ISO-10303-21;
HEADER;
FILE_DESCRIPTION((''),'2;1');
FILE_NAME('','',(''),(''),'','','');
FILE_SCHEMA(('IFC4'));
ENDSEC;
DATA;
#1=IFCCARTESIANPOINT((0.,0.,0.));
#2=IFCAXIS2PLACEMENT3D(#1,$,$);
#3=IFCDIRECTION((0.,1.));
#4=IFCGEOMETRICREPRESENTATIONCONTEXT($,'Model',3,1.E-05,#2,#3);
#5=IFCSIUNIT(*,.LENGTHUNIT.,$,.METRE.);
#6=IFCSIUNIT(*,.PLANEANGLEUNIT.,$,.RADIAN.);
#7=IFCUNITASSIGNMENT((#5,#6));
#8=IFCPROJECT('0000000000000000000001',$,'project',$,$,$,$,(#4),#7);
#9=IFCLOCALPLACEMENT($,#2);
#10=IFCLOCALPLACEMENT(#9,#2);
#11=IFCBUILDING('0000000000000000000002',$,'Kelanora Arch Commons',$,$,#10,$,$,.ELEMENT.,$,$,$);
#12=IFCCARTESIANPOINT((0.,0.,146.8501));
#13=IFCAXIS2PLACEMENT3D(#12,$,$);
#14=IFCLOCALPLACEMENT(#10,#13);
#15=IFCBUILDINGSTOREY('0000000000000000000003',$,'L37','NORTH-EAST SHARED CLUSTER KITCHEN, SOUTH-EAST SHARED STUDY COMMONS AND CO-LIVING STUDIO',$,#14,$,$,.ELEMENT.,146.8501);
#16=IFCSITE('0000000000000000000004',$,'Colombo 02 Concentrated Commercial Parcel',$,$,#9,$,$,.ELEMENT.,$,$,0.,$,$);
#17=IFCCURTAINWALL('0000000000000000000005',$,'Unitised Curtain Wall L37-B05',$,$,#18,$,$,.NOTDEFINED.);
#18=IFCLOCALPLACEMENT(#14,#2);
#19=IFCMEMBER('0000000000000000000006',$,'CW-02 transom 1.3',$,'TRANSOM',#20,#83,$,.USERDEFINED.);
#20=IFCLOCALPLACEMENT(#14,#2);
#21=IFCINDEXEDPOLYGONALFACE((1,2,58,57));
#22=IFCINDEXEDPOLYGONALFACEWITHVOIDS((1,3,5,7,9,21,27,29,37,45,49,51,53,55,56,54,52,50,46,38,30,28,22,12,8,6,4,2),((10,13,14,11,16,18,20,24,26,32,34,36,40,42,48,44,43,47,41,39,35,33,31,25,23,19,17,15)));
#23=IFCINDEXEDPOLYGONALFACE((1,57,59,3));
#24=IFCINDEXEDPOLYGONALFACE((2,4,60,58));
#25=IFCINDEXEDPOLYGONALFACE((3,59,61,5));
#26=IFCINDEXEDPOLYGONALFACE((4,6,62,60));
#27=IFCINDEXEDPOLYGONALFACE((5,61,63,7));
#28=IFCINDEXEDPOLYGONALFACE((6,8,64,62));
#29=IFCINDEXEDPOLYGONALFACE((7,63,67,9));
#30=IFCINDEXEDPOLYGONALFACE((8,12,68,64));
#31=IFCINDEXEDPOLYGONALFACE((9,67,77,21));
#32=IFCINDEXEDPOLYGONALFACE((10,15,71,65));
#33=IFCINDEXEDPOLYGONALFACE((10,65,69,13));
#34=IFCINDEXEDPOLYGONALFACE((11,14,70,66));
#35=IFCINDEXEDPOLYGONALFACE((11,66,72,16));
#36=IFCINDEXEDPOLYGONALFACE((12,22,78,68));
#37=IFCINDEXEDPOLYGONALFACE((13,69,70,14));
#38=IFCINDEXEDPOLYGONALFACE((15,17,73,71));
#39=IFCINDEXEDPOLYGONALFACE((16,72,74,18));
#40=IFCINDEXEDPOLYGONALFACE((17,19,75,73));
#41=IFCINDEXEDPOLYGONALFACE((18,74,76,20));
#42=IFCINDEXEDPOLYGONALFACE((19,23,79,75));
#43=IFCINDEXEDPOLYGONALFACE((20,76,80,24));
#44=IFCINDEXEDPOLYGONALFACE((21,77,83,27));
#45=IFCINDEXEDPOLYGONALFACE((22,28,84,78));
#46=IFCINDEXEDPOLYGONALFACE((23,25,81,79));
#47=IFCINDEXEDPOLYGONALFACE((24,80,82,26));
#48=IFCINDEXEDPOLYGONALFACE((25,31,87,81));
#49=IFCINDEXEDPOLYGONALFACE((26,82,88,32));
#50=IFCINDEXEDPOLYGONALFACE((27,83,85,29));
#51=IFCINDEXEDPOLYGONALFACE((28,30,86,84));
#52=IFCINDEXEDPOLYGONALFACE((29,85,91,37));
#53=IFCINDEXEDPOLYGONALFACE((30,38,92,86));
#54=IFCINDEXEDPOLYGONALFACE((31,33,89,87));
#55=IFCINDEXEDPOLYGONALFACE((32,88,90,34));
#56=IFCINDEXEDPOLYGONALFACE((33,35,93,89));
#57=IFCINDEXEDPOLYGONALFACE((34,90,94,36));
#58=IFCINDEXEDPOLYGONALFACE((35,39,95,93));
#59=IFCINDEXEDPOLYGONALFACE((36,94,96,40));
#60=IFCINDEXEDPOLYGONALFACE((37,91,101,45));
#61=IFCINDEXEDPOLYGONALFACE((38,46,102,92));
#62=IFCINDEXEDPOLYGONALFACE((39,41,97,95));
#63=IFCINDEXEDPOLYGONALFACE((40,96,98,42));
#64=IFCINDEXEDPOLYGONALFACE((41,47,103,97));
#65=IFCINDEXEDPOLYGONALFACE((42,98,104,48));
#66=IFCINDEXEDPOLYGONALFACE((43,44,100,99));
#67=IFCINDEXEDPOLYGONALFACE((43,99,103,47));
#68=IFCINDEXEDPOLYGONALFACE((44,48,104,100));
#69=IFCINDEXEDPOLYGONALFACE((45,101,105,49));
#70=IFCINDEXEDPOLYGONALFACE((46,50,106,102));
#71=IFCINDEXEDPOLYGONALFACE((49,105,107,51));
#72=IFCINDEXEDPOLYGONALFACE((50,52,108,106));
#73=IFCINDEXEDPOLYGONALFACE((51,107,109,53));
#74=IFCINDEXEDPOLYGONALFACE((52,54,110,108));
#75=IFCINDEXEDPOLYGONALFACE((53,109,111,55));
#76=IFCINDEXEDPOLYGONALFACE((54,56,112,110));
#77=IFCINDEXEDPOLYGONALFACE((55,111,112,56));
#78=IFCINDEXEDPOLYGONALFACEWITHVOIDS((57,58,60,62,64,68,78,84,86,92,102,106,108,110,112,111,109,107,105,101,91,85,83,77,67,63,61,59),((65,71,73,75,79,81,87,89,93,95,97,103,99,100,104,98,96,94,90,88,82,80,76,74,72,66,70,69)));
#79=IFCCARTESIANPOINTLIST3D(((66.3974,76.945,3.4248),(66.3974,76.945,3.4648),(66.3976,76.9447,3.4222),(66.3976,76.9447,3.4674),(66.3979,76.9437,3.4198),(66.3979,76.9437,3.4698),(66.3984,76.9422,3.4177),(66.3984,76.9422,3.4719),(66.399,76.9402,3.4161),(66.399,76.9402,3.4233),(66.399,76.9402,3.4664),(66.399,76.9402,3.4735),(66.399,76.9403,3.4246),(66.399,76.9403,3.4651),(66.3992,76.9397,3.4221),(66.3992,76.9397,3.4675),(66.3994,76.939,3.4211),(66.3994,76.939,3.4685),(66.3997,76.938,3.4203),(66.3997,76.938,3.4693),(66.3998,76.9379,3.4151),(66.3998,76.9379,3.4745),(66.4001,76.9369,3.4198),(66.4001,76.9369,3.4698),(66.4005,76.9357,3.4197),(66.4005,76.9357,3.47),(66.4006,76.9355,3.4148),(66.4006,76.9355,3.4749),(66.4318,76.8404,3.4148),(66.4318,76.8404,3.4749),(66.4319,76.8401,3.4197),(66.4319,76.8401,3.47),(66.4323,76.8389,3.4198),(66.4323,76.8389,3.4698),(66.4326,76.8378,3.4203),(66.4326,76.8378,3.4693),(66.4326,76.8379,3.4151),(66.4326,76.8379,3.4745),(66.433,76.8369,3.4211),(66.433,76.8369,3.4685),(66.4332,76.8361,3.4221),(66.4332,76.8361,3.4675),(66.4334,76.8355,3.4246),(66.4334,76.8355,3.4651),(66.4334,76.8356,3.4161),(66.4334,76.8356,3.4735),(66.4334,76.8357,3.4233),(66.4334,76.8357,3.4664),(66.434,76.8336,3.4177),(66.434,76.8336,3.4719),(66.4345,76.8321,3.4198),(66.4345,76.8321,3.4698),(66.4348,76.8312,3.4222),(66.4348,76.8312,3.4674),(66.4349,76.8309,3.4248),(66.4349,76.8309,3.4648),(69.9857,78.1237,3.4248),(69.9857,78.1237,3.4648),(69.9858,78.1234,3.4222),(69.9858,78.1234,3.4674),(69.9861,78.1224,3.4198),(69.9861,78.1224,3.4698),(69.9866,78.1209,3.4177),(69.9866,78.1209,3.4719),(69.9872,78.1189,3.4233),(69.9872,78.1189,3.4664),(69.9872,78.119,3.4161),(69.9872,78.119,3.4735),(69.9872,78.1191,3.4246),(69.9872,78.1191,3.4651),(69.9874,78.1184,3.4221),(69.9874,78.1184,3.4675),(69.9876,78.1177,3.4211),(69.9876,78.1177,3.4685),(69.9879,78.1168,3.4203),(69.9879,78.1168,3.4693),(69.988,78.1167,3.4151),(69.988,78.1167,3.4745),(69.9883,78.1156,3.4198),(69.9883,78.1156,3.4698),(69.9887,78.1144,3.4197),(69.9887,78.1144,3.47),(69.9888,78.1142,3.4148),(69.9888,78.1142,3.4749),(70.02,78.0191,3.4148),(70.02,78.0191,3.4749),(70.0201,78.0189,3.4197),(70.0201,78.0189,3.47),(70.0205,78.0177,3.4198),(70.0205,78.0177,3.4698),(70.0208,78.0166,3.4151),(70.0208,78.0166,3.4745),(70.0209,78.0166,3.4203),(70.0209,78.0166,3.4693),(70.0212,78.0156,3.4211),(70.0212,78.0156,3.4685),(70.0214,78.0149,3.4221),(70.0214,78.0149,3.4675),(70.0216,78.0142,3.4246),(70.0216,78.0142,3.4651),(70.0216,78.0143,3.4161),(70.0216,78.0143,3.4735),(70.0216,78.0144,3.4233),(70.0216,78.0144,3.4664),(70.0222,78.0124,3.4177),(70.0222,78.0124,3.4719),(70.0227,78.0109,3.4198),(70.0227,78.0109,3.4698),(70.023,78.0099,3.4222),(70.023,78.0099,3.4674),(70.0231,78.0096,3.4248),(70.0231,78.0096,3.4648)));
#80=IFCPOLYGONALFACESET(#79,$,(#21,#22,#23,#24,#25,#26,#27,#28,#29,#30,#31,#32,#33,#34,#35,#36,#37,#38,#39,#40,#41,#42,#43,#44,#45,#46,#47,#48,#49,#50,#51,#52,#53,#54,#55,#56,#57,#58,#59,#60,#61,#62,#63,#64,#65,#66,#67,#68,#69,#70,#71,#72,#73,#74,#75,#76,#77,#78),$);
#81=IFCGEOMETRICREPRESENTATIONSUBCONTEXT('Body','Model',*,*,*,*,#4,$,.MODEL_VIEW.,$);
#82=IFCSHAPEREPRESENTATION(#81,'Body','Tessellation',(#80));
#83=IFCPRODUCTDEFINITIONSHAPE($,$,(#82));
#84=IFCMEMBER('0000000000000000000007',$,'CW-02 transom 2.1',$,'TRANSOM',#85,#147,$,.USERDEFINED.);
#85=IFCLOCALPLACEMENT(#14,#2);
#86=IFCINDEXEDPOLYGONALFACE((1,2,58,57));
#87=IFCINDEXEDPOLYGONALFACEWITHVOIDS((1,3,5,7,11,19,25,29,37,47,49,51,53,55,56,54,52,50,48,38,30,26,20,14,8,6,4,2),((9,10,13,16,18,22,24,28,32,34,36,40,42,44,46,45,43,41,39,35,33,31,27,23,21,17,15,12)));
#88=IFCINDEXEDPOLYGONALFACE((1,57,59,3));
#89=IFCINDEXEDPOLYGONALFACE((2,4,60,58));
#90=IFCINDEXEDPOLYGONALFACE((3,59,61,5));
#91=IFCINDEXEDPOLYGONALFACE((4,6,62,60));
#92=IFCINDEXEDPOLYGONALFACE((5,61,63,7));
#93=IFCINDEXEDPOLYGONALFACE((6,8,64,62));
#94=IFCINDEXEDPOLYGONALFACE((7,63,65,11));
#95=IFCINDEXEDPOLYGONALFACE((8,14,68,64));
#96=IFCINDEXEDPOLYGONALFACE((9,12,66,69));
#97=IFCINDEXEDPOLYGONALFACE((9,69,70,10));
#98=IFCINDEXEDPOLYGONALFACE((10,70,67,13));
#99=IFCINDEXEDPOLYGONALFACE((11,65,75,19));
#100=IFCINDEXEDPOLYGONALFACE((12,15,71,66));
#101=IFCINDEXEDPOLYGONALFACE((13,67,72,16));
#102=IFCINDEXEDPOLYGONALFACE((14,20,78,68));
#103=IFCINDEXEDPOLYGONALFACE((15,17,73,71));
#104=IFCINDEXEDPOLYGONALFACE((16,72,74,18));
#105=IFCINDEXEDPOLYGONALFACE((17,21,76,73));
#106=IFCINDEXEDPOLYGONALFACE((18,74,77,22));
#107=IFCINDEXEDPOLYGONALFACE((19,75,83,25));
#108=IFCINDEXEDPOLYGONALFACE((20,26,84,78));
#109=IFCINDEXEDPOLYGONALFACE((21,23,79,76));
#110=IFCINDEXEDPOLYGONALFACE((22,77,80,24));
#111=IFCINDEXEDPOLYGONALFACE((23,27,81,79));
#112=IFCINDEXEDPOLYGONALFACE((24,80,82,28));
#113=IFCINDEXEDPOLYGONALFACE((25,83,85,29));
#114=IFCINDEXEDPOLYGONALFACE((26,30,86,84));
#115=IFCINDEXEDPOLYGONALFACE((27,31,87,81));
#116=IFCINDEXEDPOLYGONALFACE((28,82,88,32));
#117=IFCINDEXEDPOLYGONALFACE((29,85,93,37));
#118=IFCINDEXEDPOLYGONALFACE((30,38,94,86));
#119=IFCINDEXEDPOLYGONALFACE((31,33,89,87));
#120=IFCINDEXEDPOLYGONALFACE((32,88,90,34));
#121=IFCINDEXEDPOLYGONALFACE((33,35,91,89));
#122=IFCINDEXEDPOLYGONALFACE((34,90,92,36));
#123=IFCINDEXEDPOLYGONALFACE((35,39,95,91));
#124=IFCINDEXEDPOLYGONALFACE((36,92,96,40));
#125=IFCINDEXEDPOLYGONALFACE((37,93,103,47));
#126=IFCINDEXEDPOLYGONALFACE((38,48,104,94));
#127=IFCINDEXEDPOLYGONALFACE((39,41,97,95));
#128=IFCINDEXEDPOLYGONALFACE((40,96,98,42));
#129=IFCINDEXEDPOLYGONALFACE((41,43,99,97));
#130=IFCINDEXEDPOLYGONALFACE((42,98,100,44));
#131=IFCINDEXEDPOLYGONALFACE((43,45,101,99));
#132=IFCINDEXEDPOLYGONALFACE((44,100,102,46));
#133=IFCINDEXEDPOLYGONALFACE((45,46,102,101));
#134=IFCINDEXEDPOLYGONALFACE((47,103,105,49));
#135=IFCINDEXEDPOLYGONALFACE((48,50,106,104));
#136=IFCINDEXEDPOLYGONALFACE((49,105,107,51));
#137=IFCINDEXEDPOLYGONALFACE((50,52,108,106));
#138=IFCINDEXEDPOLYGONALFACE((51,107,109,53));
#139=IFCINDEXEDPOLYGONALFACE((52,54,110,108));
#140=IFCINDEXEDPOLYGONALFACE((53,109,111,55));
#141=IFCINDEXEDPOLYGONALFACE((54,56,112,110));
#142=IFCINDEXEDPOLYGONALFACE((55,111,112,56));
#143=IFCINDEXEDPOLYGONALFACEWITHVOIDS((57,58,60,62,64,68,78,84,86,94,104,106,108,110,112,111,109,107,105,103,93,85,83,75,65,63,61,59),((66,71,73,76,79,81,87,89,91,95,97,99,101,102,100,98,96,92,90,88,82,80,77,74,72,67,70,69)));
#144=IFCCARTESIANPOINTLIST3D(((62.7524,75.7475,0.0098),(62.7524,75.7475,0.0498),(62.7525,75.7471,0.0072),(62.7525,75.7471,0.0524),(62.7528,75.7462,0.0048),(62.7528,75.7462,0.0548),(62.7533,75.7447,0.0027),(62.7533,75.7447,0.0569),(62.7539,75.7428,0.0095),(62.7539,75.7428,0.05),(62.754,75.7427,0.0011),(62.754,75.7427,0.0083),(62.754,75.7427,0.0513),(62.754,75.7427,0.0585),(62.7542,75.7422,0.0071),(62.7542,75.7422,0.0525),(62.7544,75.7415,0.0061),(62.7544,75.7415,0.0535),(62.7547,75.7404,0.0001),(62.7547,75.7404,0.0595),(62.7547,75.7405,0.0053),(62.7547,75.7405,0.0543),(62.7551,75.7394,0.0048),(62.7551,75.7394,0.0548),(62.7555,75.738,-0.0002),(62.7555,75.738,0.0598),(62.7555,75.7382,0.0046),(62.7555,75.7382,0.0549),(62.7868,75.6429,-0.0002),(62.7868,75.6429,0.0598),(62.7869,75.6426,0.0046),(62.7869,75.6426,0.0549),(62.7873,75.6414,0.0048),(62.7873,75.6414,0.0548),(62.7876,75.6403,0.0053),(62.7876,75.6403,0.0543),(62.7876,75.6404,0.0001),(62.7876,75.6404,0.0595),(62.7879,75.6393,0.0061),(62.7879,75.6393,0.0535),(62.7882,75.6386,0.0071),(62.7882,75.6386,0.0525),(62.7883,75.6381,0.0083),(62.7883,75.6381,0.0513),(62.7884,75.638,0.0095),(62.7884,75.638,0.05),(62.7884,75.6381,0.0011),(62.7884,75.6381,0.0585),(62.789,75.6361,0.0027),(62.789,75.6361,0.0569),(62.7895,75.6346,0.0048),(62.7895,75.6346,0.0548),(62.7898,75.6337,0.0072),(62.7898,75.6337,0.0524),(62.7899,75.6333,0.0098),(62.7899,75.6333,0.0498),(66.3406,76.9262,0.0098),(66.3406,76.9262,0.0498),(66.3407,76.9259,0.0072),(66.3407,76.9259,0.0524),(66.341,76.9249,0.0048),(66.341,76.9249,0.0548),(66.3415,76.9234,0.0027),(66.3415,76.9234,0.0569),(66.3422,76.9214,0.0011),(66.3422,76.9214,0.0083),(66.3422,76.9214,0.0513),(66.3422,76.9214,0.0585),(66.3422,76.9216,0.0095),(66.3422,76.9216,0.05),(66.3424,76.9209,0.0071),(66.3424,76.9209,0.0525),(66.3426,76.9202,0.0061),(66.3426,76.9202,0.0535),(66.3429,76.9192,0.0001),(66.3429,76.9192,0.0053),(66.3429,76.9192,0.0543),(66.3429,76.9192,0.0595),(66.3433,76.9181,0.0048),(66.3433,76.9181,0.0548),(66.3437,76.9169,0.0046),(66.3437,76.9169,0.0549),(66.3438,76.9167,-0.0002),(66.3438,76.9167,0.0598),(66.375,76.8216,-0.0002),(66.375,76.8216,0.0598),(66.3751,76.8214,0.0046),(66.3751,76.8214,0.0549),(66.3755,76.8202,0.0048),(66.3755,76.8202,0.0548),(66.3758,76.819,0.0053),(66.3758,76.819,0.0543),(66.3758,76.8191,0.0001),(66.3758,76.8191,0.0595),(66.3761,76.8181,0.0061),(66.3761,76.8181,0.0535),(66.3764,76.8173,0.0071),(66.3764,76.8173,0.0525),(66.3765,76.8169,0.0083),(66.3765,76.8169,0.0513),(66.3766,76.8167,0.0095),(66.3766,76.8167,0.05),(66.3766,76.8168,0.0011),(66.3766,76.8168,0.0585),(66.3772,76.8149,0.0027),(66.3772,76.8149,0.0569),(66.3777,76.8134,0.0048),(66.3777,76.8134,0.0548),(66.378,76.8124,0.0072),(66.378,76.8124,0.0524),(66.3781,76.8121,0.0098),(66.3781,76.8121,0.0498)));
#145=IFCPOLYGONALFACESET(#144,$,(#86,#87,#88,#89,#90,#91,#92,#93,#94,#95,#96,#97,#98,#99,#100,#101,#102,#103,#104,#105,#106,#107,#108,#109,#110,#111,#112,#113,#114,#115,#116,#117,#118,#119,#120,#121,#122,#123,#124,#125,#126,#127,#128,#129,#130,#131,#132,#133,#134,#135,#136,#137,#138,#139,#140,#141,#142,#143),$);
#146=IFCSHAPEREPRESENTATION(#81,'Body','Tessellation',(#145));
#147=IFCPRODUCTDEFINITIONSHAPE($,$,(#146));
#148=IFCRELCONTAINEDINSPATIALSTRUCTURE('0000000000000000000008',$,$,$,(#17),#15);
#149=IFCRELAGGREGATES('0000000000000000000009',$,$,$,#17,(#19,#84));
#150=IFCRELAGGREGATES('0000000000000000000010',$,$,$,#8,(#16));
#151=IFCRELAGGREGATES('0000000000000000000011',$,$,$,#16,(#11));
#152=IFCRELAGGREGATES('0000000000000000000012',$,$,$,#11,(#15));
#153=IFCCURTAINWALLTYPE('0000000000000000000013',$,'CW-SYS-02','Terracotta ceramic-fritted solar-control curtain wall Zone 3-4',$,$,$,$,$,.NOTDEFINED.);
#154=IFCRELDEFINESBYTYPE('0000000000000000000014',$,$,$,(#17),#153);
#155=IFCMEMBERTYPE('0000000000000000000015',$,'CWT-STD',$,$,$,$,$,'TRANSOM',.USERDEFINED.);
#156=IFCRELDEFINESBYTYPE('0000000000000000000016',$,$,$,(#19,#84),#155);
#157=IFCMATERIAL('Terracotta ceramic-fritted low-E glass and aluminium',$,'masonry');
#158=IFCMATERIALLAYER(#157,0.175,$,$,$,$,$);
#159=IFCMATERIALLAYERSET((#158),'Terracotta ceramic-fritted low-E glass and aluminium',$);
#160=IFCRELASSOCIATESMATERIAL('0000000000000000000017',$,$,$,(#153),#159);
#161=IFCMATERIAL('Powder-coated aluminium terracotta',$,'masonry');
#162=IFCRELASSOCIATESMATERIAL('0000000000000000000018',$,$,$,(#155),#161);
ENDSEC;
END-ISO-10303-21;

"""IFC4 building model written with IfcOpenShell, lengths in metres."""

from ifc_helpers import new_model, si_unit, direction, frame, origin, origin_2d, place, context, subcontext, project, spatial, hollow_rectangle, extrude, material, layer, layer_set, material_profile, profile_set, type_object, element, aggregate, save


model = new_model("IFC4")

# Units and contexts
model_context = context("Model", 3, precision=1e-05, world=origin(), true_north=direction((0.0, 1.0)))
body_context = subcontext(model_context, "Body", "Model", "MODEL_VIEW")
ifc_project = project(units=[si_unit("LENGTHUNIT", "METRE"), si_unit("PLANEANGLEUNIT", "RADIAN")], contexts=[model_context])

# Site, building, storey
site_placement = place(None, origin())
site = spatial("IfcSite", under=ifc_project, at=site_placement, Name="Colombo 02 Concentrated Commercial Parcel", CompositionType="ELEMENT", RefElevation=0.0)
building_placement = place(site_placement, origin())
building = spatial("IfcBuilding", under=site, at=building_placement, Name="Kelanora Arch Commons", CompositionType="ELEMENT")
storey_placement = place(building_placement, frame((0.0, 0.0, 146.8501)))
storey = spatial("IfcBuildingStorey", under=building, at=storey_placement, Name="L37", Description="NORTH-EAST SHARED CLUSTER KITCHEN, SOUTH-EAST SHARED STUDY COMMONS AND CO-LIVING STUDIO", CompositionType="ELEMENT", Elevation=146.8501)

# Curtain wall, members
ifc_material_1 = material(Name="Terracotta ceramic-fritted low-E glass and aluminium", Category="masonry")
ifc_layer_1 = layer(ifc_material_1, 0.175)
ifc_layer_set_1 = layer_set([ifc_layer_1], Name="Terracotta ceramic-fritted low-E glass and aluminium")
curtain_wall_type = type_object("IfcCurtainWallType", Name="CW-SYS-02", Description="Terracotta ceramic-fritted solar-control curtain wall Zone 3-4", PredefinedType="NOTDEFINED", material=ifc_layer_set_1)
curtain_wall_placement = place(storey_placement, origin())
curtain_wall = element("IfcCurtainWall", 1, at=curtain_wall_placement, inside=storey, type_object=curtain_wall_type, Name="Unitised Curtain Wall L37-B05", PredefinedType="NOTDEFINED")
ifc_material_2 = material(Name="Powder-coated aluminium terracotta", Category="masonry")
ifc_material_profile_1 = material_profile(ifc_material_2, hollow_rectangle(XDim=0.1201, YDim=0.0601, WallThickness=0.0049, InnerFilletRadius=0.0049, OuterFilletRadius=0.01, at=origin_2d()), Name="CWT120x60")
ifc_profile_set_1 = profile_set([ifc_material_profile_1], Name="Powder-coated aluminium terracotta")
member_type_1 = type_object("IfcMemberType", Name="CWT-STD", ElementType="TRANSOM", PredefinedType="USERDEFINED", material=ifc_profile_set_1)
member_1_placement = place(storey_placement, frame((70.0044, 78.0667, 3.4448), z_axis=(-0.950051, -0.312094, 0.0), x_axis=(0.312094, -0.950051, 0.0)))
member_1 = element("IfcMember", 2, at=member_1_placement, type_object=member_type_1, Name="CW-02 transom 1.3", ObjectType="TRANSOM", PredefinedType="USERDEFINED", context=body_context, shape_type="SweptSolid", body=[
    extrude(hollow_rectangle(XDim=0.1201, YDim=0.0601, WallThickness=0.0049, InnerFilletRadius=0.0049, OuterFilletRadius=0.01, at=origin_2d()), origin(), (0.0, 0.0, 1.0), 3.7769),
])
member_2_placement = place(storey_placement, frame((66.3594, 76.8691, 0.0298), z_axis=(-0.950051, -0.312094, 0.0), x_axis=(0.312094, -0.950051, 0.0)))
member_2 = element("IfcMember", 3, at=member_2_placement, type_object=member_type_1, Name="CW-02 transom 2.1", ObjectType="TRANSOM", PredefinedType="USERDEFINED", context=body_context, shape_type="SweptSolid", body=[
    extrude(hollow_rectangle(XDim=0.1201, YDim=0.0601, WallThickness=0.0049, InnerFilletRadius=0.0049, OuterFilletRadius=0.01, at=origin_2d()), origin(), (0.0, 0.0, 1.0), 3.7769),
])
aggregate(curtain_wall, [member_1, member_2])

save(model, "model.ifc")
